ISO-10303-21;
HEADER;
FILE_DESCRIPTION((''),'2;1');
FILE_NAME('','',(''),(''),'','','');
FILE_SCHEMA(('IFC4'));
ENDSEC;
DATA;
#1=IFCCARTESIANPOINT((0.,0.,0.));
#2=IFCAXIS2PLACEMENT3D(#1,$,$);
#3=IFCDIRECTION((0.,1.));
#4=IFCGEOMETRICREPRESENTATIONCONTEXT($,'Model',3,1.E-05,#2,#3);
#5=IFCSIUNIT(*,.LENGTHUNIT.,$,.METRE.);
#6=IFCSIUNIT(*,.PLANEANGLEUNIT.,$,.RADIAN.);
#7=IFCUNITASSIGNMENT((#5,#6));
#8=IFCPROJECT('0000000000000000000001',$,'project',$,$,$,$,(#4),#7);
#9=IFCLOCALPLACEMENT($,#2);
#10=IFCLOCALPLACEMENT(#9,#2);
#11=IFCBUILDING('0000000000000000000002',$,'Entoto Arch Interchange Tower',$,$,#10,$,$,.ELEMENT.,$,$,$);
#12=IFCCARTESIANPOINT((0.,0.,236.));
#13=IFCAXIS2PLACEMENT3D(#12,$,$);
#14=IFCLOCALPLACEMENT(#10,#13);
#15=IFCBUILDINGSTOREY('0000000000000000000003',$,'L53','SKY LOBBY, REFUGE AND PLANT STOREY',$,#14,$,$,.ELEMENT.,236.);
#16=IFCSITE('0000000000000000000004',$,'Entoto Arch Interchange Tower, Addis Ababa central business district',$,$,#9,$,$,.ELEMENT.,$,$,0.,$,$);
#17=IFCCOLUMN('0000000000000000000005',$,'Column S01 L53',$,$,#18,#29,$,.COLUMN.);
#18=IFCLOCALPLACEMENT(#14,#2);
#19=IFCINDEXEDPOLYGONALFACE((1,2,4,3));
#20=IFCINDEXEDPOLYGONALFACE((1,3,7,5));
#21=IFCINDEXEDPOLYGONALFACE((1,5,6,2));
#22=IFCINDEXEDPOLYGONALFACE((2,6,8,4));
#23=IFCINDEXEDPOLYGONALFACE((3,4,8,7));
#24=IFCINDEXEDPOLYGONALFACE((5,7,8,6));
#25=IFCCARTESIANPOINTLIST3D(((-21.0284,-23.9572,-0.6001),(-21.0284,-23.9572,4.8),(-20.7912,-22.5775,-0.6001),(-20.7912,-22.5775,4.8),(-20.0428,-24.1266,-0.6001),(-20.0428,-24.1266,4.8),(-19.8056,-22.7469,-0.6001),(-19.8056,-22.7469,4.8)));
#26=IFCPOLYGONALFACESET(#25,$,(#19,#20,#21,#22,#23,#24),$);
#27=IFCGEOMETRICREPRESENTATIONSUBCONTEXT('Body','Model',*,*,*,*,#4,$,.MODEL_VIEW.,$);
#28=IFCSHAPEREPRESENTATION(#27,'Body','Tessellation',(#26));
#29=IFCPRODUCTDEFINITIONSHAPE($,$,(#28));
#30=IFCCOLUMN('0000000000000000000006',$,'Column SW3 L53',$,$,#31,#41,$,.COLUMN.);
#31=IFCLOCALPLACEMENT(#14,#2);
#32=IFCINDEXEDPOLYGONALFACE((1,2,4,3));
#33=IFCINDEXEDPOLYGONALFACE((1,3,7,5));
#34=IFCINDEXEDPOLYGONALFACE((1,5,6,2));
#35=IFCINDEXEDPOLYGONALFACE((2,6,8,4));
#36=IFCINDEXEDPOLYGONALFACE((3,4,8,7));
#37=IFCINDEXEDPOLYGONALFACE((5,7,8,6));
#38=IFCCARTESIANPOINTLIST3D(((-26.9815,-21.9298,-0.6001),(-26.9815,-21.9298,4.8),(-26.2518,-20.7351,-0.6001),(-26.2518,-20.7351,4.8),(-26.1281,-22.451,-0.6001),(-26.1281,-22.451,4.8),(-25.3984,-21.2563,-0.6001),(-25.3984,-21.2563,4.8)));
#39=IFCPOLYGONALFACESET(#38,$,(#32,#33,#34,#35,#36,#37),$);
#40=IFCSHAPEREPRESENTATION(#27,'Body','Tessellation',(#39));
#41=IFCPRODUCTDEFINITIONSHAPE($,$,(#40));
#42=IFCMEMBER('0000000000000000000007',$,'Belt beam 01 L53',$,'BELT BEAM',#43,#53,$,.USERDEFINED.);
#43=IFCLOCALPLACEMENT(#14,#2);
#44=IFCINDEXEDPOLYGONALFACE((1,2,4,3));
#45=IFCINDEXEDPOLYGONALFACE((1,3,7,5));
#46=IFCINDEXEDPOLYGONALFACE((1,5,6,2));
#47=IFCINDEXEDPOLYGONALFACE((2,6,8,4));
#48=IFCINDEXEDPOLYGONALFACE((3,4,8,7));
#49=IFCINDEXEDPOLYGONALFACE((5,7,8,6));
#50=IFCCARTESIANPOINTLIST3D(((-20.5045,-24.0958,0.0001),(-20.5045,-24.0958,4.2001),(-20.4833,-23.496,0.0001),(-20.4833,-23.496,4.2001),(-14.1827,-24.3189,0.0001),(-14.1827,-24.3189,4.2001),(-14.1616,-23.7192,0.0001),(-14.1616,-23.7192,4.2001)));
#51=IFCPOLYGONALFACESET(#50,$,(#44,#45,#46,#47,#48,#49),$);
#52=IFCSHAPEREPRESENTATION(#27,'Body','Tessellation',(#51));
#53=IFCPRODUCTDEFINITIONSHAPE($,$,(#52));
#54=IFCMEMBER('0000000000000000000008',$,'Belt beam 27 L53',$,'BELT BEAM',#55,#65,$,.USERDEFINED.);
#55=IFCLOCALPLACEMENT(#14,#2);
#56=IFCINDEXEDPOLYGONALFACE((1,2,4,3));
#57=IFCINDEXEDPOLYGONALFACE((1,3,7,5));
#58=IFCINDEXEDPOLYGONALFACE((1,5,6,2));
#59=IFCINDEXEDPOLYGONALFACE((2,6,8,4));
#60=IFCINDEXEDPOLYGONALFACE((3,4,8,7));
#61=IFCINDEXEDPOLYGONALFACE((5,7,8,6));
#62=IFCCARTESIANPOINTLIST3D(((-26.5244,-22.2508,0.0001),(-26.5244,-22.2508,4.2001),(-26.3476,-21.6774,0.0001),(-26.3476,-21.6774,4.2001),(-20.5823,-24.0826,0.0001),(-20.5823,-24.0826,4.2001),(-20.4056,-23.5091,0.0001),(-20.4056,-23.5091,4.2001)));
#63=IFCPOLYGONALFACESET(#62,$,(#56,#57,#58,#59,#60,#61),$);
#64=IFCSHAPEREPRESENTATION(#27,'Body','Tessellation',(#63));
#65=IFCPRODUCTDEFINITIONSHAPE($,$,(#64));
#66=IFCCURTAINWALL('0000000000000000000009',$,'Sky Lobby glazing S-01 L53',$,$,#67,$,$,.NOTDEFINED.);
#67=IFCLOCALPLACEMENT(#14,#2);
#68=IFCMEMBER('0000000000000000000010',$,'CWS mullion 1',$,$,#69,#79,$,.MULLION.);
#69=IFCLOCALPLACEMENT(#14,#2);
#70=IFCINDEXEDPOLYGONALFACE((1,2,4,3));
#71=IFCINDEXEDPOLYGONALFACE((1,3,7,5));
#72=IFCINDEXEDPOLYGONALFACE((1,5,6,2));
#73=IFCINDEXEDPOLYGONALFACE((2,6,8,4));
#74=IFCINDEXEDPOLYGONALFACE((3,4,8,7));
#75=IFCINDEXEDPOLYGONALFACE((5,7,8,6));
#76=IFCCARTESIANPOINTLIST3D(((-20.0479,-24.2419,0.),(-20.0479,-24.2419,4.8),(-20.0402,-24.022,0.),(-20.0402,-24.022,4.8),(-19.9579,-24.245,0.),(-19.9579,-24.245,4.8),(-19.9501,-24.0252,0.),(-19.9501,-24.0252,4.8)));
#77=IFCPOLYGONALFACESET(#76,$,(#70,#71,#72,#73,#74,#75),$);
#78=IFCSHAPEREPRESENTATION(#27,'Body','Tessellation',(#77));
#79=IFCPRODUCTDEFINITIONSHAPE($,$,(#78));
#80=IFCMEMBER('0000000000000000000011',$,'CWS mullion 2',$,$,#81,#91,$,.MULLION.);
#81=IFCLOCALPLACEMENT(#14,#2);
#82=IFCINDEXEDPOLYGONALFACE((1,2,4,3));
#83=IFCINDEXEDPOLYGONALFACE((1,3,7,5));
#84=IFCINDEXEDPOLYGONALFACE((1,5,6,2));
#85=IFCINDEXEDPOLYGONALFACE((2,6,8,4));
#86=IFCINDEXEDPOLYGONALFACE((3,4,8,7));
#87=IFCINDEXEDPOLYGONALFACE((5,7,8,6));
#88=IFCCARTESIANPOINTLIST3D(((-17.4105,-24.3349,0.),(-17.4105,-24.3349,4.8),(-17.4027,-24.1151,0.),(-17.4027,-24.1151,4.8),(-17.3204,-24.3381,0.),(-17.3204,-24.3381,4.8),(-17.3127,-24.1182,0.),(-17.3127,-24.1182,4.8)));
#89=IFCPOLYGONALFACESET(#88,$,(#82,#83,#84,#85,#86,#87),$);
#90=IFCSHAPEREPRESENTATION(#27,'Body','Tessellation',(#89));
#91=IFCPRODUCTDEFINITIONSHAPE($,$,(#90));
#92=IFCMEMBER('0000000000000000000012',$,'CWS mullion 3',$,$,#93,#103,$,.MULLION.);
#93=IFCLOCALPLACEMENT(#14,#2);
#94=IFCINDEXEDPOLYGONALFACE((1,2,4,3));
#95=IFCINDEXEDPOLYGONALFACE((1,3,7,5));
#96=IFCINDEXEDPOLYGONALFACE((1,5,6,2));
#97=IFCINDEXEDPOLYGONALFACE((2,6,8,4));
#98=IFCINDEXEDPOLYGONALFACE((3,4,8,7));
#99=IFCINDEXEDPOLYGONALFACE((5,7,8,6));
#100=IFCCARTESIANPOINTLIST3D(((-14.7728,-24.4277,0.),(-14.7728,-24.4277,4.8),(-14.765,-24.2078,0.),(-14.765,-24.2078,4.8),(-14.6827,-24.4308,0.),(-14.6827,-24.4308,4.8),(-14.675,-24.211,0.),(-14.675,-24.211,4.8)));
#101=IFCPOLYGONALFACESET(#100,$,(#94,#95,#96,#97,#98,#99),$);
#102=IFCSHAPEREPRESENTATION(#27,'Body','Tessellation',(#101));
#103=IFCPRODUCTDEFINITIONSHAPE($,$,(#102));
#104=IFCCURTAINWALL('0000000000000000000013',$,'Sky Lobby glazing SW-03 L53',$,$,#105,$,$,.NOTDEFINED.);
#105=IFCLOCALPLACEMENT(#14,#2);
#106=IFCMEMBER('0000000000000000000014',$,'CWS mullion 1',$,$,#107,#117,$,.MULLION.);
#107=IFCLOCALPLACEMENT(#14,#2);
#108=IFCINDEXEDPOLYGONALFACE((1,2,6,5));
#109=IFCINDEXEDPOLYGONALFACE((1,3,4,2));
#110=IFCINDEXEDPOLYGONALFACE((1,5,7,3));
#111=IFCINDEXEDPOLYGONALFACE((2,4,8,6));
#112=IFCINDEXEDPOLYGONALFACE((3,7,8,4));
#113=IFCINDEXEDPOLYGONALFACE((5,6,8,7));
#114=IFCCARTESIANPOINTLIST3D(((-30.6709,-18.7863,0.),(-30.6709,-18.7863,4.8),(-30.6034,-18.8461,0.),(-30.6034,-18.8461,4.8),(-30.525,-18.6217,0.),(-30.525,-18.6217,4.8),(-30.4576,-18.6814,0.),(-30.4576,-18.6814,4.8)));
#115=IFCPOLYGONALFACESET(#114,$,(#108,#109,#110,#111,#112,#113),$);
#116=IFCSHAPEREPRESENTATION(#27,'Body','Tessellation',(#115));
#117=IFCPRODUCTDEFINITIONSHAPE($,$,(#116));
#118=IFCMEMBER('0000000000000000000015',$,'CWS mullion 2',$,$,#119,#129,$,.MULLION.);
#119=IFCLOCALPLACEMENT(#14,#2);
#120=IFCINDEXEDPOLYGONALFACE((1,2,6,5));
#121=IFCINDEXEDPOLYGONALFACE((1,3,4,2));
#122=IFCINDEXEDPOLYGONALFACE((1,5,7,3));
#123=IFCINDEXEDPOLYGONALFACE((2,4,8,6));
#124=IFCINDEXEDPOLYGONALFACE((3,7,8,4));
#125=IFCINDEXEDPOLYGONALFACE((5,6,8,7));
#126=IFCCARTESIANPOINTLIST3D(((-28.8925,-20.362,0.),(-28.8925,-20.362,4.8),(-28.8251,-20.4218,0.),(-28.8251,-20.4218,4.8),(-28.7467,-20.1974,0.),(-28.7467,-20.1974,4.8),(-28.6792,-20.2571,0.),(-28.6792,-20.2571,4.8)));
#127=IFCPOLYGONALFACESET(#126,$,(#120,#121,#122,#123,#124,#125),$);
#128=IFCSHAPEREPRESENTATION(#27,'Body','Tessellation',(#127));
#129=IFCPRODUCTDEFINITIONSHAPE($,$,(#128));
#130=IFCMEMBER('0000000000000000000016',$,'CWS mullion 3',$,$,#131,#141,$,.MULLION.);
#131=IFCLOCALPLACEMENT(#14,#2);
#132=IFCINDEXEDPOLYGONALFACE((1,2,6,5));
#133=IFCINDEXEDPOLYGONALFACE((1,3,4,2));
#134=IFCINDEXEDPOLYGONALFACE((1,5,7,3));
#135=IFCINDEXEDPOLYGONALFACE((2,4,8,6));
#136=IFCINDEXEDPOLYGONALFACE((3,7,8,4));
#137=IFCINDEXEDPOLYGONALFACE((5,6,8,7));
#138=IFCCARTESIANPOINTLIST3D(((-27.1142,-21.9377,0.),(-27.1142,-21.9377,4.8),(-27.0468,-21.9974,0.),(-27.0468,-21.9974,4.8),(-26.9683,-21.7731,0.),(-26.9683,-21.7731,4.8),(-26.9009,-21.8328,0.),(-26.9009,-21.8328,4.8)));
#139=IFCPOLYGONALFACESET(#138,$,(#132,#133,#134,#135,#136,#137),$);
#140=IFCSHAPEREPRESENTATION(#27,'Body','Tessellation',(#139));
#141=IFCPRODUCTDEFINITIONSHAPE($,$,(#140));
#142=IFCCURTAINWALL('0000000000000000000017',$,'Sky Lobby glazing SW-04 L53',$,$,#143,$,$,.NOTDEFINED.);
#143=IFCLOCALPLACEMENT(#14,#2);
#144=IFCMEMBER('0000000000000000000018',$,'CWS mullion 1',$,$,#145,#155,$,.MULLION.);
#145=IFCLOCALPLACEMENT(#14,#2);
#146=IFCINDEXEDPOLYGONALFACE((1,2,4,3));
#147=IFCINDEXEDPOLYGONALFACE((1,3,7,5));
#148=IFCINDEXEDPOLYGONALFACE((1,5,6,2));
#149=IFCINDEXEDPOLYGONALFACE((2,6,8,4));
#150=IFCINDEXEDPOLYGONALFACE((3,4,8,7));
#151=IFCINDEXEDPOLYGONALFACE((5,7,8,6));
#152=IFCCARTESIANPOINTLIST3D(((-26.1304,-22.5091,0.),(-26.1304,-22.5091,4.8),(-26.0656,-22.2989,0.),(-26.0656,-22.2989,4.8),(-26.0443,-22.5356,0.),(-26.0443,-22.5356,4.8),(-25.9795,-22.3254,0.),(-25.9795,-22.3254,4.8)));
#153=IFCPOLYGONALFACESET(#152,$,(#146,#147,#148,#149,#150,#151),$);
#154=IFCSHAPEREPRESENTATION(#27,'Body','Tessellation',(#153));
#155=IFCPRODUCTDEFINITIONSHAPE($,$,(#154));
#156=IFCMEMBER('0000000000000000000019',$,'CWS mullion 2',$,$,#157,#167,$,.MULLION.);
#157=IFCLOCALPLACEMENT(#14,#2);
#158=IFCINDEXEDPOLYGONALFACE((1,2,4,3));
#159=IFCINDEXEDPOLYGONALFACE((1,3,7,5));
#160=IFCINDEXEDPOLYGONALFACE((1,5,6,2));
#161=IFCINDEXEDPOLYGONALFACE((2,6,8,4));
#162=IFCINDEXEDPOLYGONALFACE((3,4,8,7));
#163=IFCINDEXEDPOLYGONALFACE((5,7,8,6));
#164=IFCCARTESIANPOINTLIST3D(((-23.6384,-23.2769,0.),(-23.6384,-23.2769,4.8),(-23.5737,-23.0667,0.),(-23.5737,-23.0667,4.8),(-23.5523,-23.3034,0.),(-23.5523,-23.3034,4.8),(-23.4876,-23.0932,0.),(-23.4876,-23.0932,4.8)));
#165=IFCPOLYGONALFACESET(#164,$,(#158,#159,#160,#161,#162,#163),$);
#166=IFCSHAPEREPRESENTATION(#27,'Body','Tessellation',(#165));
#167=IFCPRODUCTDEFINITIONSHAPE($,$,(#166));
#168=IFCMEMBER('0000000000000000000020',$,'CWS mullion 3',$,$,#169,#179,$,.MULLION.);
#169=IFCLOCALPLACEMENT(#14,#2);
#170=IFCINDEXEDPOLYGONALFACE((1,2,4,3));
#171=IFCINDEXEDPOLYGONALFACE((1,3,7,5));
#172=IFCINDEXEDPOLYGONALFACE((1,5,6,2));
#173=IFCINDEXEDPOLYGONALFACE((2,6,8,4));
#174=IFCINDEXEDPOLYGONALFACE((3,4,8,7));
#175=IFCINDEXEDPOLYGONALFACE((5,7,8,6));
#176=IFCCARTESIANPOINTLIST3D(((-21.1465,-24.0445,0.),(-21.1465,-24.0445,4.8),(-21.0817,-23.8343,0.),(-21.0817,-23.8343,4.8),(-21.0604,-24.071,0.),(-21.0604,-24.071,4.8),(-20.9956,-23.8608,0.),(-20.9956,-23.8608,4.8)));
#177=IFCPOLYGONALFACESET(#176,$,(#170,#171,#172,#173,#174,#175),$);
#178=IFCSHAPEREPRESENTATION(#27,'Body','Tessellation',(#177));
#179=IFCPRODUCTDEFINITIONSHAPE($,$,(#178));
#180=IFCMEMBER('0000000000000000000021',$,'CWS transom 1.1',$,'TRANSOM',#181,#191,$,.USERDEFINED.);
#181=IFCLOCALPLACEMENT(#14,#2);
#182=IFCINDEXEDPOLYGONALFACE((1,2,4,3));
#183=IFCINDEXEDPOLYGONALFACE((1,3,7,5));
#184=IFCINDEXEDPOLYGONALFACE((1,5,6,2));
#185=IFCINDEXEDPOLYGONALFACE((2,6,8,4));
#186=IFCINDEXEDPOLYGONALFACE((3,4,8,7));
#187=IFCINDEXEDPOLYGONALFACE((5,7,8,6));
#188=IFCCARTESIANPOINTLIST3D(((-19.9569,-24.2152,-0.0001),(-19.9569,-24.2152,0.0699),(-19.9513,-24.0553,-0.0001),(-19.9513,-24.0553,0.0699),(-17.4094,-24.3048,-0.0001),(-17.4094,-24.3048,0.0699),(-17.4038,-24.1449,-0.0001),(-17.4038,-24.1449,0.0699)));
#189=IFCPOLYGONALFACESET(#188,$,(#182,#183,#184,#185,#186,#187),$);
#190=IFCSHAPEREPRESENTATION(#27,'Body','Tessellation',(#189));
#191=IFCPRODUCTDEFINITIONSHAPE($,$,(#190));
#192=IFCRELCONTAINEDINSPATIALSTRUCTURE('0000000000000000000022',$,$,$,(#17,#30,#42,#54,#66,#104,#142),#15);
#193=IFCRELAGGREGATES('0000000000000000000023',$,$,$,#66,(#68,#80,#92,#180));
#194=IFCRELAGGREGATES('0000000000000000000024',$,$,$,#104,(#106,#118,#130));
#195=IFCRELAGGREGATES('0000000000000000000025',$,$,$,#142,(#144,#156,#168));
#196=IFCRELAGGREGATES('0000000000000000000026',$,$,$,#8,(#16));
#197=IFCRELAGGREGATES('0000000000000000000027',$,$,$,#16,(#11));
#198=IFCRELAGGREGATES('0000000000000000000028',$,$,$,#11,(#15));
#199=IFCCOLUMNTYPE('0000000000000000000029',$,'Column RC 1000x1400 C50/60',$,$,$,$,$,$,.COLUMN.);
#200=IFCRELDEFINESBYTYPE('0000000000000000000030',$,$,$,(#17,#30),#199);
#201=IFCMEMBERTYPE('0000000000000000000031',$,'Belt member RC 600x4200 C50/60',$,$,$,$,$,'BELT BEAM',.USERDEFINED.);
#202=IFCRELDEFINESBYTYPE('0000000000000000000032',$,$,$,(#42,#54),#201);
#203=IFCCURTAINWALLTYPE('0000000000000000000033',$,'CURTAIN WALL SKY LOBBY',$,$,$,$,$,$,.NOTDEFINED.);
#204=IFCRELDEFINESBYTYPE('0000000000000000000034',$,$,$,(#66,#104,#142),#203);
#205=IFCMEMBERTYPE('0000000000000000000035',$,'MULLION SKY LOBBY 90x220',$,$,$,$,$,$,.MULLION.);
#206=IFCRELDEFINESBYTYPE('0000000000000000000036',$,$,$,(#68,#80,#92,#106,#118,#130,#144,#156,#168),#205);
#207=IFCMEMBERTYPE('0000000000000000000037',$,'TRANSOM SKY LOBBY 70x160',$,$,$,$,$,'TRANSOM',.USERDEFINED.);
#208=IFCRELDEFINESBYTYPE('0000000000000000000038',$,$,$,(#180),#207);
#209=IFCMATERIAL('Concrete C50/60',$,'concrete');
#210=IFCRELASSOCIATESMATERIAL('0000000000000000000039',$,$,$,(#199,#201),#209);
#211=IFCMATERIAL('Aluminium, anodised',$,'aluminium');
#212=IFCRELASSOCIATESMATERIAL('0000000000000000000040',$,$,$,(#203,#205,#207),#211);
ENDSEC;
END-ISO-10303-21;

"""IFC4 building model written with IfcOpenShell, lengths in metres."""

from ifc_helpers import new_model, si_unit, direction, frame, origin, origin_2d, place, context, subcontext, project, spatial, rectangle, extrude, material, material_profile, profile_set, type_object, element, aggregate, save


model = new_model("IFC4")

# Units and contexts
model_context = context("Model", 3, precision=1e-05, world=origin(), true_north=direction((0.0, 1.0)))
body_context = subcontext(model_context, "Body", "Model", "MODEL_VIEW")
ifc_project = project(units=[si_unit("LENGTHUNIT", "METRE"), si_unit("PLANEANGLEUNIT", "RADIAN")], contexts=[model_context])

# Site, building, storey
site_placement = place(None, origin())
site = spatial("IfcSite", under=ifc_project, at=site_placement, Name="Entoto Arch Interchange Tower, Addis Ababa central business district", CompositionType="ELEMENT", RefElevation=0.0)
building_placement = place(site_placement, origin())
building = spatial("IfcBuilding", under=site, at=building_placement, Name="Entoto Arch Interchange Tower", CompositionType="ELEMENT")
storey_placement = place(building_placement, frame((0.0, 0.0, 236.0)))
storey = spatial("IfcBuildingStorey", under=building, at=storey_placement, Name="L53", Description="SKY LOBBY, REFUGE AND PLANT STOREY", CompositionType="ELEMENT", Elevation=236.0)

# Columns
ifc_material_1 = material(Name="Concrete C50/60", Category="concrete")
ifc_material_profile_1 = material_profile(ifc_material_1, rectangle(XDim=1.0, YDim=1.3999, at=origin_2d()))
ifc_profile_set_1 = profile_set([ifc_material_profile_1], Name="Concrete C50/60")
column_type = type_object("IfcColumnType", Name="Column RC 1000x1400 C50/60", PredefinedType="COLUMN", material=ifc_profile_set_1)
for number, where, z_axis, x_axis, name in (
    (1, (-20.417, -23.3521, -0.6001), (0.0, 0.0, 1.0), (-0.985541, 0.169436, 0.0), "Column S01 L53"),
    (2, (-26.1899, -21.593, -0.6001), (0.0, 0.0, 1.0), (-0.853423, 0.521218, 0.0), "Column SW3 L53"),
):
    element("IfcColumn", number, at=place(storey_placement, frame(where, z_axis=z_axis, x_axis=x_axis)), inside=storey, type_object=column_type, Name=name, PredefinedType="COLUMN", context=body_context, shape_type="SweptSolid", body=[
        extrude(rectangle(XDim=1.0, YDim=1.3999, at=origin_2d()), origin(), (0.0, 0.0, 1.0), 5.4001),
    ])

# Members
ifc_material_profile_2 = material_profile(ifc_material_1, rectangle(XDim=0.6001, YDim=4.2, at=origin_2d()))
ifc_profile_set_2 = profile_set([ifc_material_profile_2], Name="Concrete C50/60")
member_type_1 = type_object("IfcMemberType", Name="Belt member RC 600x4200 C50/60", ElementType="BELT BEAM", PredefinedType="USERDEFINED", material=ifc_profile_set_2)
member_1_placement = place(storey_placement, frame((-20.4939, -23.7959, 2.1001), z_axis=(0.999378, -0.035276, 0.0), x_axis=(0.035276, 0.999378, 0.0)))
element("IfcMember", 3, at=member_1_placement, inside=storey, type_object=member_type_1, Name="Belt beam 01 L53", ObjectType="BELT BEAM", PredefinedType="USERDEFINED", context=body_context, shape_type="SweptSolid", body=[
    extrude(rectangle(XDim=0.6001, YDim=4.2, at=origin_2d()), origin(), (0.0, 0.0, 1.0), 6.3257),
])
member_2_placement = place(storey_placement, frame((-26.436, -21.9641, 2.1001), z_axis=(0.955624, -0.294591, 0.0), x_axis=(0.294591, 0.955624, 0.0)))
element("IfcMember", 4, at=member_2_placement, inside=storey, type_object=member_type_1, Name="Belt beam 27 L53", ObjectType="BELT BEAM", PredefinedType="USERDEFINED", context=body_context, shape_type="SweptSolid", body=[
    extrude(rectangle(XDim=0.6001, YDim=4.2, at=origin_2d()), origin(), (0.0, 0.0, 1.0), 6.218),
])

# Curtain walls, members
ifc_material_2 = material(Name="Aluminium, anodised", Category="aluminium")
curtain_wall_type = type_object("IfcCurtainWallType", Name="CURTAIN WALL SKY LOBBY", PredefinedType="NOTDEFINED", material=ifc_material_2)
curtain_wall_1_placement = place(storey_placement, origin())
curtain_wall_1 = element("IfcCurtainWall", 5, at=curtain_wall_1_placement, inside=storey, type_object=curtain_wall_type, Name="Sky Lobby glazing S-01 L53", PredefinedType="NOTDEFINED")
ifc_material_profile_3 = material_profile(ifc_material_2, rectangle(XDim=0.22, YDim=0.0901, at=origin_2d()))
ifc_profile_set_3 = profile_set([ifc_material_profile_3], Name="Aluminium, anodised")
member_type_2 = type_object("IfcMemberType", Name="MULLION SKY LOBBY 90x220", PredefinedType="MULLION", material=ifc_profile_set_3)
member_3_placement = place(storey_placement, frame((-19.999, -24.1335, 0.0), z_axis=(0.0, 0.0, 1.0), x_axis=(0.035206, 0.99938, 0.0)))
member_3 = element("IfcMember", 6, at=member_3_placement, type_object=member_type_2, Name="CWS mullion 1", PredefinedType="MULLION", context=body_context, shape_type="SweptSolid", body=[
    extrude(rectangle(XDim=0.22, YDim=0.0901, at=origin_2d()), origin(), (0.0, 0.0, 1.0), 4.8),
])
member_4_placement = place(storey_placement, frame((-17.3616, -24.2266, 0.0), z_axis=(0.0, 0.0, 1.0), x_axis=(0.035206, 0.99938, 0.0)))
member_4 = element("IfcMember", 7, at=member_4_placement, type_object=member_type_2, Name="CWS mullion 2", PredefinedType="MULLION", context=body_context, shape_type="SweptSolid", body=[
    extrude(rectangle(XDim=0.22, YDim=0.0901, at=origin_2d()), origin(), (0.0, 0.0, 1.0), 4.8),
])
member_5_placement = place(storey_placement, frame((-14.7239, -24.3193, 0.0), z_axis=(0.0, 0.0, 1.0), x_axis=(0.035206, 0.99938, 0.0)))
member_5 = element("IfcMember", 8, at=member_5_placement, type_object=member_type_2, Name="CWS mullion 3", PredefinedType="MULLION", context=body_context, shape_type="SweptSolid", body=[
    extrude(rectangle(XDim=0.22, YDim=0.0901, at=origin_2d()), origin(), (0.0, 0.0, 1.0), 4.8),
])
curtain_wall_2_placement = place(storey_placement, origin())
curtain_wall_2 = element("IfcCurtainWall", 9, at=curtain_wall_2_placement, inside=storey, type_object=curtain_wall_type, Name="Sky Lobby glazing SW-03 L53", PredefinedType="NOTDEFINED")
member_6_placement = place(storey_placement, frame((-30.5642, -18.7339, 0.0), z_axis=(0.0, 0.0, 1.0), x_axis=(0.663171, 0.748468, 0.0)))
member_6 = element("IfcMember", 10, at=member_6_placement, type_object=member_type_2, Name="CWS mullion 1", PredefinedType="MULLION", context=body_context, shape_type="SweptSolid", body=[
    extrude(rectangle(XDim=0.22, YDim=0.0901, at=origin_2d()), origin(), (0.0, 0.0, 1.0), 4.8),
])
member_7_placement = place(storey_placement, frame((-28.7859, -20.3096, 0.0), z_axis=(0.0, 0.0, 1.0), x_axis=(0.663171, 0.748468, 0.0)))
member_7 = element("IfcMember", 11, at=member_7_placement, type_object=member_type_2, Name="CWS mullion 2", PredefinedType="MULLION", context=body_context, shape_type="SweptSolid", body=[
    extrude(rectangle(XDim=0.22, YDim=0.0901, at=origin_2d()), origin(), (0.0, 0.0, 1.0), 4.8),
])
member_8_placement = place(storey_placement, frame((-27.0076, -21.8853, 0.0), z_axis=(0.0, 0.0, 1.0), x_axis=(0.663171, 0.748468, 0.0)))
member_8 = element("IfcMember", 12, at=member_8_placement, type_object=member_type_2, Name="CWS mullion 3", PredefinedType="MULLION", context=body_context, shape_type="SweptSolid", body=[
    extrude(rectangle(XDim=0.22, YDim=0.0901, at=origin_2d()), origin(), (0.0, 0.0, 1.0), 4.8),
])
curtain_wall_3_placement = place(storey_placement, origin())
curtain_wall_3 = element("IfcCurtainWall", 13, at=curtain_wall_3_placement, inside=storey, type_object=curtain_wall_type, Name="Sky Lobby glazing SW-04 L53", PredefinedType="NOTDEFINED")
member_9_placement = place(storey_placement, frame((-26.0549, -22.4172, 0.0), z_axis=(0.0, 0.0, 1.0), x_axis=(0.29443, 0.955673, 0.0)))
member_9 = element("IfcMember", 14, at=member_9_placement, type_object=member_type_2, Name="CWS mullion 1", PredefinedType="MULLION", context=body_context, shape_type="SweptSolid", body=[
    extrude(rectangle(XDim=0.22, YDim=0.0901, at=origin_2d()), origin(), (0.0, 0.0, 1.0), 4.8),
])
member_10_placement = place(storey_placement, frame((-23.563, -23.1851, 0.0), z_axis=(0.0, 0.0, 1.0), x_axis=(0.29443, 0.955673, 0.0)))
member_10 = element("IfcMember", 15, at=member_10_placement, type_object=member_type_2, Name="CWS mullion 2", PredefinedType="MULLION", context=body_context, shape_type="SweptSolid", body=[
    extrude(rectangle(XDim=0.22, YDim=0.0901, at=origin_2d()), origin(), (0.0, 0.0, 1.0), 4.8),
])
member_11_placement = place(storey_placement, frame((-21.071, -23.9526, 0.0), z_axis=(0.0, 0.0, 1.0), x_axis=(0.29443, 0.955673, 0.0)))
member_11 = element("IfcMember", 16, at=member_11_placement, type_object=member_type_2, Name="CWS mullion 3", PredefinedType="MULLION", context=body_context, shape_type="SweptSolid", body=[
    extrude(rectangle(XDim=0.22, YDim=0.0901, at=origin_2d()), origin(), (0.0, 0.0, 1.0), 4.8),
])

# Member
ifc_material_profile_4 = material_profile(ifc_material_2, rectangle(XDim=0.1599, YDim=0.0701, at=origin_2d()))
ifc_profile_set_4 = profile_set([ifc_material_profile_4], Name="Aluminium, anodised")
member_type_3 = type_object("IfcMemberType", Name="TRANSOM SKY LOBBY 70x160", ElementType="TRANSOM", PredefinedType="USERDEFINED", material=ifc_profile_set_4)
member_12_placement = place(storey_placement, frame((-19.9541, -24.1353, 0.0349), z_axis=(0.999382, -0.035148, 0.0), x_axis=(0.035148, 0.999382, 0.0)))
member_12 = element("IfcMember", 17, at=member_12_placement, type_object=member_type_3, Name="CWS transom 1.1", ObjectType="TRANSOM", PredefinedType="USERDEFINED", context=body_context, shape_type="SweptSolid", body=[
    extrude(rectangle(XDim=0.1599, YDim=0.0701, at=origin_2d()), origin(), (0.0, 0.0, 1.0), 2.5491),
])

aggregate(curtain_wall_1, [member_3, member_4, member_5, member_12])
aggregate(curtain_wall_2, [member_6, member_7, member_8])
aggregate(curtain_wall_3, [member_9, member_10, member_11])

save(model, "model.ifc")
